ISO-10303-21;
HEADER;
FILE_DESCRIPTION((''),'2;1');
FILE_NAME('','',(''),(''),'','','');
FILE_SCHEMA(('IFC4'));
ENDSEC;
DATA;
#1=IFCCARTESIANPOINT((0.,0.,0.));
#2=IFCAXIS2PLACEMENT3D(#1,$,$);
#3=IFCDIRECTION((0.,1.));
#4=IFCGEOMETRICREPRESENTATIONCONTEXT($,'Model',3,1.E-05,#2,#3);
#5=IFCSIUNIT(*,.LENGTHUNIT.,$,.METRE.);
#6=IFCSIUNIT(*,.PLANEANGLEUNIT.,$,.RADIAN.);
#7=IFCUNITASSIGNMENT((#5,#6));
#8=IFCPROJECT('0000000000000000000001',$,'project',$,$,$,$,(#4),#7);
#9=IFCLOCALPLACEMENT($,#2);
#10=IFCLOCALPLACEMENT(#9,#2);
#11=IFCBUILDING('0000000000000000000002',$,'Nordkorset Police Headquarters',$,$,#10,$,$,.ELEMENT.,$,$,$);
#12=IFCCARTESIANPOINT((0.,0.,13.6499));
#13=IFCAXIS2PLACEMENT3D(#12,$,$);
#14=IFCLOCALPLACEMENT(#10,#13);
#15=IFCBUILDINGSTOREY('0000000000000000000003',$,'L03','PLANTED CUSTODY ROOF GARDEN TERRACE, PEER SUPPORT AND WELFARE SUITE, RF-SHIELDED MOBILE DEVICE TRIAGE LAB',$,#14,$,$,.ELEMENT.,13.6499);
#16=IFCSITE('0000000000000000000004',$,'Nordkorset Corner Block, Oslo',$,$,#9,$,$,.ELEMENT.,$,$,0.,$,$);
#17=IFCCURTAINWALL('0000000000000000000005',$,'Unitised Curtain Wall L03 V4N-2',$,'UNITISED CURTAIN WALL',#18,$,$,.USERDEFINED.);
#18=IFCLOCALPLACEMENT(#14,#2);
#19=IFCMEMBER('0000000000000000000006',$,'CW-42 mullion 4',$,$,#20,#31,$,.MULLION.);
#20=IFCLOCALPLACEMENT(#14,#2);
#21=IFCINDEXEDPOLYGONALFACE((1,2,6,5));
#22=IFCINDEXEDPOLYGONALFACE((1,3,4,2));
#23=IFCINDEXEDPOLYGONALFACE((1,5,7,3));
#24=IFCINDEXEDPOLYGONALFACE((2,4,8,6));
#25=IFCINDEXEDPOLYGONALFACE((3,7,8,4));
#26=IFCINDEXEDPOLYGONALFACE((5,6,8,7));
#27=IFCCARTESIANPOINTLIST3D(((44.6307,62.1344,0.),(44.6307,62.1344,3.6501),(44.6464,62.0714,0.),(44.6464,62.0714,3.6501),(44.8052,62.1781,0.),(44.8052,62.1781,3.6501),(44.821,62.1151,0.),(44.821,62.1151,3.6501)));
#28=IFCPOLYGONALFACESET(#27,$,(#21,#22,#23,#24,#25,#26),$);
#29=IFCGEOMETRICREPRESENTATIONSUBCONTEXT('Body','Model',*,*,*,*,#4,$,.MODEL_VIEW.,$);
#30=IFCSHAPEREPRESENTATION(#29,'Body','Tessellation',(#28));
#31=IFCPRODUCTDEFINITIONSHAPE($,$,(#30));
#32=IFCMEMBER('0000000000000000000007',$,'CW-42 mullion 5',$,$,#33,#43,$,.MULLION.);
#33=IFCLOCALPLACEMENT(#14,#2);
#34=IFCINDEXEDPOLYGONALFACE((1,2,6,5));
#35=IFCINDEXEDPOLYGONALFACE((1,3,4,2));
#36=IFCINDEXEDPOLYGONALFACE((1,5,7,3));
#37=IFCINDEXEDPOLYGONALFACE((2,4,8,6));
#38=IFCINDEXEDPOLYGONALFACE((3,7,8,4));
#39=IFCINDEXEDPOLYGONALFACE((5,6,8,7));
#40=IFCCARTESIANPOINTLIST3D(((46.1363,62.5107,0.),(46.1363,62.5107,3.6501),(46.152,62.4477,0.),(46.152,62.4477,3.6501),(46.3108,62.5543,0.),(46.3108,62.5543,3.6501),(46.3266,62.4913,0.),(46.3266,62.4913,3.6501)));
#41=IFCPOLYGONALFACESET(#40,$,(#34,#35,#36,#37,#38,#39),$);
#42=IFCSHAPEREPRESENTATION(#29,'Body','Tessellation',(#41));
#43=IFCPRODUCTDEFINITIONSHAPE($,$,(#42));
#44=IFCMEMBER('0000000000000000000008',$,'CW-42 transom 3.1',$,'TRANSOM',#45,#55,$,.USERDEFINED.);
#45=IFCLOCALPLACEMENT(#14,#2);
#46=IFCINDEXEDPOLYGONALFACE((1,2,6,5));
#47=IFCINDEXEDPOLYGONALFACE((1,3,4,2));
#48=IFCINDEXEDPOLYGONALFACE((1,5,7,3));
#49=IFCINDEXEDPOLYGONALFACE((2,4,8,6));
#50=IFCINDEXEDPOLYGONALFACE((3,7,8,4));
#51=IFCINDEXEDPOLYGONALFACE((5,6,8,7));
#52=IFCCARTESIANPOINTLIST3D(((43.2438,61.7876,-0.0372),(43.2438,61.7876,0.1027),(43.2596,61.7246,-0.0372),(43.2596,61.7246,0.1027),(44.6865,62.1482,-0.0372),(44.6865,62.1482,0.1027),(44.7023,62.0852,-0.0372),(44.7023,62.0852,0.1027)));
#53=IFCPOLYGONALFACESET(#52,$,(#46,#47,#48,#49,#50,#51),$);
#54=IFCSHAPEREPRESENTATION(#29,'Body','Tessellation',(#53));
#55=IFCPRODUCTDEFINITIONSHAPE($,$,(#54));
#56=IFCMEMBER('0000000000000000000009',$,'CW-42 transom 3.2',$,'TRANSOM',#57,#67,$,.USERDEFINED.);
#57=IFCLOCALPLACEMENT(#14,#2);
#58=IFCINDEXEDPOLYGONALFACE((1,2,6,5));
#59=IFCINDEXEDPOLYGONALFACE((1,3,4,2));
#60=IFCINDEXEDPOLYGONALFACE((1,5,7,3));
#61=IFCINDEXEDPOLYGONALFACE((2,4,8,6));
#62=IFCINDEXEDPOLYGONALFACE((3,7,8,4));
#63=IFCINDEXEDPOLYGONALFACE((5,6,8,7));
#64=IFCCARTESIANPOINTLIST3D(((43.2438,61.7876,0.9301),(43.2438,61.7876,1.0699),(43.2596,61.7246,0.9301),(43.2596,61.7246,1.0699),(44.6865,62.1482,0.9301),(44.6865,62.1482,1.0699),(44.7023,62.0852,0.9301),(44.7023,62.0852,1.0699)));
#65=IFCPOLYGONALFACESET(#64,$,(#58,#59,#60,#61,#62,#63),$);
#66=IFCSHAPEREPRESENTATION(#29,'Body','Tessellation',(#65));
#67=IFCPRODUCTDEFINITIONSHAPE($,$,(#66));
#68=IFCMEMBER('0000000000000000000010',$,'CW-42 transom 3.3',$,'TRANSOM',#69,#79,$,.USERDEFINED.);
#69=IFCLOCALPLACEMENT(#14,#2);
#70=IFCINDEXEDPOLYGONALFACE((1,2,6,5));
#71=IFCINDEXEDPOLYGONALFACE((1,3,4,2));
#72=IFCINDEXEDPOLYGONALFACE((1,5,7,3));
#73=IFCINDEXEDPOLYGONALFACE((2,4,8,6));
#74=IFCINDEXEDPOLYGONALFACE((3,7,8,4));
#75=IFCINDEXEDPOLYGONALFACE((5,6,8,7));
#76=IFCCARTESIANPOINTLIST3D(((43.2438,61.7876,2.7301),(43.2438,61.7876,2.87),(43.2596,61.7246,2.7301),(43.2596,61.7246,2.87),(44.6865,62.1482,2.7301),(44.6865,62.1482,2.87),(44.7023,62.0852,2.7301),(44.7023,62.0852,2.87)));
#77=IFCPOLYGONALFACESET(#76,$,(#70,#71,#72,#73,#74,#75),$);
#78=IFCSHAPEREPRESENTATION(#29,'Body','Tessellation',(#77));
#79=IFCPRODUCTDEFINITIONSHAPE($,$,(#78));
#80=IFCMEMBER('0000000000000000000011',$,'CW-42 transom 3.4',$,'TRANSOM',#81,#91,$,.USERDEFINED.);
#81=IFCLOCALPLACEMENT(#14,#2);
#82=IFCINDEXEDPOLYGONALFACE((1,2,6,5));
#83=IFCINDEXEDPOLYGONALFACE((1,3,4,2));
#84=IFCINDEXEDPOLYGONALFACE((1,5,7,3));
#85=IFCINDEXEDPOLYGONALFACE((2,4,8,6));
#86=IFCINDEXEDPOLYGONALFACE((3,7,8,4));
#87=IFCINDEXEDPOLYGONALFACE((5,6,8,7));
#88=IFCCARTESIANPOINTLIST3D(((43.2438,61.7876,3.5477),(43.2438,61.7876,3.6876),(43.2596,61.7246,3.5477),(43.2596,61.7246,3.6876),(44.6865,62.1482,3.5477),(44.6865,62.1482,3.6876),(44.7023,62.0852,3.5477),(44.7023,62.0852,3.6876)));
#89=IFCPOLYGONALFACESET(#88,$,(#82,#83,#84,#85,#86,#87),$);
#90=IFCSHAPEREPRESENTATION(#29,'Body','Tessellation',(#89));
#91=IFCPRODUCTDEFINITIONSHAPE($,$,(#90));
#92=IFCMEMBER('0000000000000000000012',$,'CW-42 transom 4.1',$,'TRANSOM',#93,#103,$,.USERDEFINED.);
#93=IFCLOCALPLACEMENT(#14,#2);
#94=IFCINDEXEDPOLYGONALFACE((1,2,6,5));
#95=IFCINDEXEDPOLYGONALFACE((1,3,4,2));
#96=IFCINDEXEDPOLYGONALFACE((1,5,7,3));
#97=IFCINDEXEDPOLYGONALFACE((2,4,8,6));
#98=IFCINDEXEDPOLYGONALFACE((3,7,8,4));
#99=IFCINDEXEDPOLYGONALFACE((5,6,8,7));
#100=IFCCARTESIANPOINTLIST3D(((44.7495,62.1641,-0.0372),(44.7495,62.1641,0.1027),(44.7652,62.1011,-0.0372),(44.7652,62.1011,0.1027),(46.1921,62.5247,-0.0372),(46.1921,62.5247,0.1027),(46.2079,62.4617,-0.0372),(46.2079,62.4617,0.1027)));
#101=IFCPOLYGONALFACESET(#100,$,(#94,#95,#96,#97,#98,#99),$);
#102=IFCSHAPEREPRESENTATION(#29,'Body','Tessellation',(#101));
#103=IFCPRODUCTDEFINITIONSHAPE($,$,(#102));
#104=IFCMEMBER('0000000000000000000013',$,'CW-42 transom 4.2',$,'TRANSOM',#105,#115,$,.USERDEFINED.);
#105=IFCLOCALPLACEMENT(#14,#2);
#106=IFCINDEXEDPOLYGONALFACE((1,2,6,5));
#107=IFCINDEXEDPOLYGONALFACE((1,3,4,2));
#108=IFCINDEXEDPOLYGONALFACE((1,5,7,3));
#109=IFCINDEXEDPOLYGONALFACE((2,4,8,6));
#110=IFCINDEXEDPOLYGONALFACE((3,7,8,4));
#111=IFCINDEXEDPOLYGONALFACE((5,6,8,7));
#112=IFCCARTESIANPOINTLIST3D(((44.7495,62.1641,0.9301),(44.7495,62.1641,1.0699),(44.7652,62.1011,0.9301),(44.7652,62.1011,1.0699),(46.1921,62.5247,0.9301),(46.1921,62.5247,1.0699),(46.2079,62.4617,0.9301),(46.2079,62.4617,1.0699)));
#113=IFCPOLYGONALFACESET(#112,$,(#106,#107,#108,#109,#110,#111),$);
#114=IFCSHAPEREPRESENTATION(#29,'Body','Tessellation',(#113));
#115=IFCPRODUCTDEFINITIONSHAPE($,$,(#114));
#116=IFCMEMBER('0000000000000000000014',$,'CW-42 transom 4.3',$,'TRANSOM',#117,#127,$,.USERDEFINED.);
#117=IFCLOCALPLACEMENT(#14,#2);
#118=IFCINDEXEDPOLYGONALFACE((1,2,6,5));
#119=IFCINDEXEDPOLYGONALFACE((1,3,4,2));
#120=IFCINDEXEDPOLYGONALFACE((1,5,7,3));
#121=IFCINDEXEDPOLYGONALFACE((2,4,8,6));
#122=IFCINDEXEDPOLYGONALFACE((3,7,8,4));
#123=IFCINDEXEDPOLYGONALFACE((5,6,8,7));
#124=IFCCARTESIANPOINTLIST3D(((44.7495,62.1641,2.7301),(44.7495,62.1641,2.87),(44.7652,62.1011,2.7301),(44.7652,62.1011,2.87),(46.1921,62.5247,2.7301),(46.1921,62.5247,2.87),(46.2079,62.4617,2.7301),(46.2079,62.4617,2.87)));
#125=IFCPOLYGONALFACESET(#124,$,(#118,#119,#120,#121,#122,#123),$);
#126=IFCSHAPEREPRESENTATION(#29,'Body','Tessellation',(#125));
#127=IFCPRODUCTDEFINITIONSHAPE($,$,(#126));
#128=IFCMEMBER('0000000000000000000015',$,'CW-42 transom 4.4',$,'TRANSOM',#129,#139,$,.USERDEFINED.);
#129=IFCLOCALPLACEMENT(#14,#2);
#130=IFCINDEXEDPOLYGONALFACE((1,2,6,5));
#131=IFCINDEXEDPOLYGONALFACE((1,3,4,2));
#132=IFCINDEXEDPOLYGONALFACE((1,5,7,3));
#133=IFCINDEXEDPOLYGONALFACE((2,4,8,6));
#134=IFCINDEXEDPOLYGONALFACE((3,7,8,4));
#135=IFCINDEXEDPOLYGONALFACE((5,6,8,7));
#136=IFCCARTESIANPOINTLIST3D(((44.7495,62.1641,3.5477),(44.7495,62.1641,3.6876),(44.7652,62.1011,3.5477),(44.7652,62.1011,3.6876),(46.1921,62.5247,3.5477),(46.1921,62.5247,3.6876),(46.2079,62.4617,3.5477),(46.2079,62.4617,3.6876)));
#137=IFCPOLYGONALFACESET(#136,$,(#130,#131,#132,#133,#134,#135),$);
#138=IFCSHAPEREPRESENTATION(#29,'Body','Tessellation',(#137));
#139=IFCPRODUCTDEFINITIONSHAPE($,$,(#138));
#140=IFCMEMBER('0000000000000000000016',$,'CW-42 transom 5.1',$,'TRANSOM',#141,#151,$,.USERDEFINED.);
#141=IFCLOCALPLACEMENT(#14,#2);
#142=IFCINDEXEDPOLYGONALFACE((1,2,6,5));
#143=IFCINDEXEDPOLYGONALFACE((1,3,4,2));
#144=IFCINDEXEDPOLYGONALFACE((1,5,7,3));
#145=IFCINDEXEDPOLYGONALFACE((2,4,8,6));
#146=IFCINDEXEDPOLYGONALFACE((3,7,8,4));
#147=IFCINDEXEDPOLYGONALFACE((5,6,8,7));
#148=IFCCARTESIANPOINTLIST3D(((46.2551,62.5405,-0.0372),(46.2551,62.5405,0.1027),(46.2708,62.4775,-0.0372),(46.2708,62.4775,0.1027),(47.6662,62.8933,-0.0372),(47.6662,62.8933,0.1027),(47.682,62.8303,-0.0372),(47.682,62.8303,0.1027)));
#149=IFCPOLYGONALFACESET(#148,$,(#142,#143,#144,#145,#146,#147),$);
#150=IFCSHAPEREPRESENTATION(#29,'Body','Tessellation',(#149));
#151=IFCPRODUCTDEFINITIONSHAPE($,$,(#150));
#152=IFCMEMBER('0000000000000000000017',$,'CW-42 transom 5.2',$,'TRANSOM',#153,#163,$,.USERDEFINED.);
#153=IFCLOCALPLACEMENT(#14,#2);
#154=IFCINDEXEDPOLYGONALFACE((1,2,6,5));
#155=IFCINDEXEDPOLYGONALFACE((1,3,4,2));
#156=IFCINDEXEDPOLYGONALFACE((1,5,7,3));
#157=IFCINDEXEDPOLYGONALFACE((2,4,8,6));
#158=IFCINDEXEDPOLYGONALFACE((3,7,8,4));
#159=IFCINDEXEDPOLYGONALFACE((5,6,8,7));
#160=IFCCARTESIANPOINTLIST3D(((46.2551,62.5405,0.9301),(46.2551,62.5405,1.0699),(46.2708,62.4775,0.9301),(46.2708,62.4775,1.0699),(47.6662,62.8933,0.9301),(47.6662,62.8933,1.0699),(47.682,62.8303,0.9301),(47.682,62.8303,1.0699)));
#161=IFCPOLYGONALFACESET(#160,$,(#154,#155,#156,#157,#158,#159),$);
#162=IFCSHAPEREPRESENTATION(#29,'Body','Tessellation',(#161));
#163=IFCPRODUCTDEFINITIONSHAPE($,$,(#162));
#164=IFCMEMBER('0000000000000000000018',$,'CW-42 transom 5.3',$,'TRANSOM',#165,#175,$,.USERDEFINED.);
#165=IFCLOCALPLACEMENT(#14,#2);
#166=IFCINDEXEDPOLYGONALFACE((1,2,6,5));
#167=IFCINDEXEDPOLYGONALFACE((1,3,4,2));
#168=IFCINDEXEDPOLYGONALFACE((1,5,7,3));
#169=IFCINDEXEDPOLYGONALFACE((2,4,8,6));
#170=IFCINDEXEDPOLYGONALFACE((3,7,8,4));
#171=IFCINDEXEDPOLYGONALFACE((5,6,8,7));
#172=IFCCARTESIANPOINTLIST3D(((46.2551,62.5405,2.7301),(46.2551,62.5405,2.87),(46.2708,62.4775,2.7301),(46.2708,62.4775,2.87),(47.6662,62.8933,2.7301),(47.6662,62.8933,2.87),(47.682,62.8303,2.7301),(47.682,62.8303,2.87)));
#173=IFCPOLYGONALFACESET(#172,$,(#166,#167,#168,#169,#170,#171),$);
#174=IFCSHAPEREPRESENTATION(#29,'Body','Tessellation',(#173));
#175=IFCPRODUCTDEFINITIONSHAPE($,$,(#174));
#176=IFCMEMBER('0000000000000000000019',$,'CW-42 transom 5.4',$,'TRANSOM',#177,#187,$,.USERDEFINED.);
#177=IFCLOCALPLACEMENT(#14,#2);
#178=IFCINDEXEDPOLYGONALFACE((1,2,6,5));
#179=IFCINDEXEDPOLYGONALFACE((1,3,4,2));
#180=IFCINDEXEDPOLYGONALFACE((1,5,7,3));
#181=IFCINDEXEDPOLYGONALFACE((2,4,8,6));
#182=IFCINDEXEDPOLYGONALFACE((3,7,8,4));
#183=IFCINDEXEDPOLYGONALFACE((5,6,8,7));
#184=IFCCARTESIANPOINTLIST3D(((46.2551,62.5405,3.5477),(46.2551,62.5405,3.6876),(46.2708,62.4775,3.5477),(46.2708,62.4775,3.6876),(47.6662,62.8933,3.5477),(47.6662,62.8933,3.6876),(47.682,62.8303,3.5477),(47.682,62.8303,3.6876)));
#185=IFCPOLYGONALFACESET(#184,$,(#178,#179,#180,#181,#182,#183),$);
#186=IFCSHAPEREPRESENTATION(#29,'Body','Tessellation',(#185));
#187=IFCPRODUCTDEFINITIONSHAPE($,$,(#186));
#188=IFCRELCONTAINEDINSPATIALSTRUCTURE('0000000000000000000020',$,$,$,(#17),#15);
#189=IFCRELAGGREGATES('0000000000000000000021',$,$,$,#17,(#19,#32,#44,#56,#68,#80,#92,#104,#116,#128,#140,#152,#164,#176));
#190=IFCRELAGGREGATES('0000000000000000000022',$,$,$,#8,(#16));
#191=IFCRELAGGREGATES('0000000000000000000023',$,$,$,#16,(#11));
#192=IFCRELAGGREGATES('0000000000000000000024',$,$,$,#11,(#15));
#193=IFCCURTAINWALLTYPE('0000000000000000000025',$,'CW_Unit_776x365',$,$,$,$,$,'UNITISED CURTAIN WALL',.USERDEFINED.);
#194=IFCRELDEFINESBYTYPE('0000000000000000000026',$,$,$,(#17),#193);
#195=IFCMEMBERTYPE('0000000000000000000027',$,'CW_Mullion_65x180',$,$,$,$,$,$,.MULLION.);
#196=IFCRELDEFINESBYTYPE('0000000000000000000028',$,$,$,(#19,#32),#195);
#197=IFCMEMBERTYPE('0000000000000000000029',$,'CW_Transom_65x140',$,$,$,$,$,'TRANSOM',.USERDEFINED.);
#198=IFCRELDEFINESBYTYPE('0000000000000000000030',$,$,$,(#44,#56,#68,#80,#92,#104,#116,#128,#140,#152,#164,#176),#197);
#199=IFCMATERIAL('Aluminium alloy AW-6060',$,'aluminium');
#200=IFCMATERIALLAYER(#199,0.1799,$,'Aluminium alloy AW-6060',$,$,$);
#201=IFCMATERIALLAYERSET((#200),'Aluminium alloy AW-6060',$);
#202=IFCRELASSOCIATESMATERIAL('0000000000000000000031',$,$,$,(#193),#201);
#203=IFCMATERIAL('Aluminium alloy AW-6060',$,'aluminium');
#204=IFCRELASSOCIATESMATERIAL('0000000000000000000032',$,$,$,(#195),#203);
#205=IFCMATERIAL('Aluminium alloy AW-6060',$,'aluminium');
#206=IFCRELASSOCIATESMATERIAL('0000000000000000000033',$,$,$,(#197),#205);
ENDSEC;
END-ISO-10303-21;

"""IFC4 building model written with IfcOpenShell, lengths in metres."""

from ifc_helpers import new_model, si_unit, direction, frame, origin, origin_2d, place, context, subcontext, project, spatial, rectangle, extrude, material, layer, layer_set, material_profile, profile_set, type_object, element, aggregate, save


model = new_model("IFC4")

# Units and contexts
model_context = context("Model", 3, precision=1e-05, world=origin(), true_north=direction((0.0, 1.0)))
body_context = subcontext(model_context, "Body", "Model", "MODEL_VIEW")
ifc_project = project(units=[si_unit("LENGTHUNIT", "METRE"), si_unit("PLANEANGLEUNIT", "RADIAN")], contexts=[model_context])

# Site, building, storey
site_placement = place(None, origin())
site = spatial("IfcSite", under=ifc_project, at=site_placement, Name="Nordkorset Corner Block, Oslo", CompositionType="ELEMENT", RefElevation=0.0)
building_placement = place(site_placement, origin())
building = spatial("IfcBuilding", under=site, at=building_placement, Name="Nordkorset Police Headquarters", CompositionType="ELEMENT")
storey_placement = place(building_placement, frame((0.0, 0.0, 13.6499)))
storey = spatial("IfcBuildingStorey", under=building, at=storey_placement, Name="L03", Description="PLANTED CUSTODY ROOF GARDEN TERRACE, PEER SUPPORT AND WELFARE SUITE, RF-SHIELDED MOBILE DEVICE TRIAGE LAB", CompositionType="ELEMENT", Elevation=13.6499)

# Curtain wall, members
ifc_material_1 = material(Name="Aluminium alloy AW-6060", Category="aluminium")
ifc_layer_1 = layer(ifc_material_1, 0.1799, Name="Aluminium alloy AW-6060")
ifc_layer_set_1 = layer_set([ifc_layer_1], Name="Aluminium alloy AW-6060")
curtain_wall_type = type_object("IfcCurtainWallType", Name="CW_Unit_776x365", ElementType="UNITISED CURTAIN WALL", PredefinedType="USERDEFINED", material=ifc_layer_set_1)
curtain_wall_placement = place(storey_placement, origin())
curtain_wall = element("IfcCurtainWall", 1, at=curtain_wall_placement, inside=storey, type_object=curtain_wall_type, Name="Unitised Curtain Wall L03 V4N-2", ObjectType="UNITISED CURTAIN WALL", PredefinedType="USERDEFINED")
ifc_material_2 = material(Name="Aluminium alloy AW-6060", Category="aluminium")
ifc_material_profile_1 = material_profile(ifc_material_2, rectangle(XDim=0.0649, YDim=0.1799, at=origin_2d()), Name="ALU MULL 65x180")
ifc_profile_set_1 = profile_set([ifc_material_profile_1], Name="Aluminium alloy AW-6060")
member_type_1 = type_object("IfcMemberType", Name="CW_Mullion_65x180", PredefinedType="MULLION", material=ifc_profile_set_1)
member_1_placement = place(storey_placement, frame((44.7258, 62.1248, 0.0), z_axis=(0.0, 0.0, 1.0), x_axis=(-0.242536, 0.970142, 0.0)))
member_1 = element("IfcMember", 2, at=member_1_placement, type_object=member_type_1, Name="CW-42 mullion 4", PredefinedType="MULLION", context=body_context, shape_type="SweptSolid", body=[
    extrude(rectangle(XDim=0.0649, YDim=0.1799, at=origin_2d()), origin(), (0.0, 0.0, 1.0), 3.6501),
])
member_2_placement = place(storey_placement, frame((46.2314, 62.501, 0.0), z_axis=(0.0, 0.0, 1.0), x_axis=(-0.242536, 0.970142, 0.0)))
member_2 = element("IfcMember", 3, at=member_2_placement, type_object=member_type_1, Name="CW-42 mullion 5", PredefinedType="MULLION", context=body_context, shape_type="SweptSolid", body=[
    extrude(rectangle(XDim=0.0649, YDim=0.1799, at=origin_2d()), origin(), (0.0, 0.0, 1.0), 3.6501),
])
ifc_material_3 = material(Name="Aluminium alloy AW-6060", Category="aluminium")
ifc_material_profile_2 = material_profile(ifc_material_3, rectangle(XDim=0.0649, YDim=0.1399, at=origin_2d()), Name="ALU TRAN 65x140")
ifc_profile_set_2 = profile_set([ifc_material_profile_2], Name="Aluminium alloy AW-6060")
member_type_2 = type_object("IfcMemberType", Name="CW_Transom_65x140", ElementType="TRANSOM", PredefinedType="USERDEFINED", material=ifc_profile_set_2)
member_3_placement = place(storey_placement, frame((43.2517, 61.7561, 0.0327), z_axis=(0.970152, 0.242497, 0.0), x_axis=(-0.242497, 0.970152, 0.0)))
member_3 = element("IfcMember", 4, at=member_3_placement, type_object=member_type_2, Name="CW-42 transom 3.1", ObjectType="TRANSOM", PredefinedType="USERDEFINED", context=body_context, shape_type="SweptSolid", body=[
    extrude(rectangle(XDim=0.0649, YDim=0.1399, at=origin_2d()), origin(), (0.0, 0.0, 1.0), 1.4871),
])
member_4_placement = place(storey_placement, frame((43.2517, 61.7561, 1.0), z_axis=(0.970152, 0.242497, 0.0), x_axis=(-0.242497, 0.970152, 0.0)))
member_4 = element("IfcMember", 5, at=member_4_placement, type_object=member_type_2, Name="CW-42 transom 3.2", ObjectType="TRANSOM", PredefinedType="USERDEFINED", context=body_context, shape_type="SweptSolid", body=[
    extrude(rectangle(XDim=0.0649, YDim=0.1399, at=origin_2d()), origin(), (0.0, 0.0, 1.0), 1.4871),
])
member_5_placement = place(storey_placement, frame((43.2517, 61.7561, 2.8), z_axis=(0.970152, 0.242497, 0.0), x_axis=(-0.242497, 0.970152, 0.0)))
member_5 = element("IfcMember", 6, at=member_5_placement, type_object=member_type_2, Name="CW-42 transom 3.3", ObjectType="TRANSOM", PredefinedType="USERDEFINED", context=body_context, shape_type="SweptSolid", body=[
    extrude(rectangle(XDim=0.0649, YDim=0.1399, at=origin_2d()), origin(), (0.0, 0.0, 1.0), 1.4871),
])
member_6_placement = place(storey_placement, frame((43.2517, 61.7561, 3.6177), z_axis=(0.970152, 0.242497, 0.0), x_axis=(-0.242497, 0.970152, 0.0)))
member_6 = element("IfcMember", 7, at=member_6_placement, type_object=member_type_2, Name="CW-42 transom 3.4", ObjectType="TRANSOM", PredefinedType="USERDEFINED", context=body_context, shape_type="SweptSolid", body=[
    extrude(rectangle(XDim=0.0649, YDim=0.1399, at=origin_2d()), origin(), (0.0, 0.0, 1.0), 1.4871),
])
member_7_placement = place(storey_placement, frame((44.7573, 62.1326, 0.0327), z_axis=(0.970152, 0.242497, 0.0), x_axis=(-0.242497, 0.970152, 0.0)))
member_7 = element("IfcMember", 8, at=member_7_placement, type_object=member_type_2, Name="CW-42 transom 4.1", ObjectType="TRANSOM", PredefinedType="USERDEFINED", context=body_context, shape_type="SweptSolid", body=[
    extrude(rectangle(XDim=0.0649, YDim=0.1399, at=origin_2d()), origin(), (0.0, 0.0, 1.0), 1.4871),
])
member_8_placement = place(storey_placement, frame((44.7573, 62.1326, 1.0), z_axis=(0.970152, 0.242497, 0.0), x_axis=(-0.242497, 0.970152, 0.0)))
member_8 = element("IfcMember", 9, at=member_8_placement, type_object=member_type_2, Name="CW-42 transom 4.2", ObjectType="TRANSOM", PredefinedType="USERDEFINED", context=body_context, shape_type="SweptSolid", body=[
    extrude(rectangle(XDim=0.0649, YDim=0.1399, at=origin_2d()), origin(), (0.0, 0.0, 1.0), 1.4871),
])
member_9_placement = place(storey_placement, frame((44.7573, 62.1326, 2.8), z_axis=(0.970152, 0.242497, 0.0), x_axis=(-0.242497, 0.970152, 0.0)))
member_9 = element("IfcMember", 10, at=member_9_placement, type_object=member_type_2, Name="CW-42 transom 4.3", ObjectType="TRANSOM", PredefinedType="USERDEFINED", context=body_context, shape_type="SweptSolid", body=[
    extrude(rectangle(XDim=0.0649, YDim=0.1399, at=origin_2d()), origin(), (0.0, 0.0, 1.0), 1.4871),
])
member_10_placement = place(storey_placement, frame((44.7573, 62.1326, 3.6177), z_axis=(0.970152, 0.242497, 0.0), x_axis=(-0.242497, 0.970152, 0.0)))
member_10 = element("IfcMember", 11, at=member_10_placement, type_object=member_type_2, Name="CW-42 transom 4.4", ObjectType="TRANSOM", PredefinedType="USERDEFINED", context=body_context, shape_type="SweptSolid", body=[
    extrude(rectangle(XDim=0.0649, YDim=0.1399, at=origin_2d()), origin(), (0.0, 0.0, 1.0), 1.4871),
])
member_11_placement = place(storey_placement, frame((46.2629, 62.509, 0.0327), z_axis=(0.970143, 0.242536, 0.0), x_axis=(-0.242536, 0.970143, 0.0)))
member_11 = element("IfcMember", 12, at=member_11_placement, type_object=member_type_2, Name="CW-42 transom 5.1", ObjectType="TRANSOM", PredefinedType="USERDEFINED", context=body_context, shape_type="SweptSolid", body=[
    extrude(rectangle(XDim=0.0649, YDim=0.1399, at=origin_2d()), origin(), (0.0, 0.0, 1.0), 1.4546),
])
member_12_placement = place(storey_placement, frame((46.2629, 62.509, 1.0), z_axis=(0.970143, 0.242536, 0.0), x_axis=(-0.242536, 0.970143, 0.0)))
member_12 = element("IfcMember", 13, at=member_12_placement, type_object=member_type_2, Name="CW-42 transom 5.2", ObjectType="TRANSOM", PredefinedType="USERDEFINED", context=body_context, shape_type="SweptSolid", body=[
    extrude(rectangle(XDim=0.0649, YDim=0.1399, at=origin_2d()), origin(), (0.0, 0.0, 1.0), 1.4546),
])
member_13_placement = place(storey_placement, frame((46.2629, 62.509, 2.8), z_axis=(0.970143, 0.242536, 0.0), x_axis=(-0.242536, 0.970143, 0.0)))
member_13 = element("IfcMember", 14, at=member_13_placement, type_object=member_type_2, Name="CW-42 transom 5.3", ObjectType="TRANSOM", PredefinedType="USERDEFINED", context=body_context, shape_type="SweptSolid", body=[
    extrude(rectangle(XDim=0.0649, YDim=0.1399, at=origin_2d()), origin(), (0.0, 0.0, 1.0), 1.4546),
])
member_14_placement = place(storey_placement, frame((46.2629, 62.509, 3.6177), z_axis=(0.970143, 0.242536, 0.0), x_axis=(-0.242536, 0.970143, 0.0)))
member_14 = element("IfcMember", 15, at=member_14_placement, type_object=member_type_2, Name="CW-42 transom 5.4", ObjectType="TRANSOM", PredefinedType="USERDEFINED", context=body_context, shape_type="SweptSolid", body=[
    extrude(rectangle(XDim=0.0649, YDim=0.1399, at=origin_2d()), origin(), (0.0, 0.0, 1.0), 1.4546),
])
aggregate(curtain_wall, [member_1, member_2, member_3, member_4, member_5, member_6, member_7, member_8, member_9, member_10, member_11, member_12, member_13, member_14])

save(model, "model.ifc")
